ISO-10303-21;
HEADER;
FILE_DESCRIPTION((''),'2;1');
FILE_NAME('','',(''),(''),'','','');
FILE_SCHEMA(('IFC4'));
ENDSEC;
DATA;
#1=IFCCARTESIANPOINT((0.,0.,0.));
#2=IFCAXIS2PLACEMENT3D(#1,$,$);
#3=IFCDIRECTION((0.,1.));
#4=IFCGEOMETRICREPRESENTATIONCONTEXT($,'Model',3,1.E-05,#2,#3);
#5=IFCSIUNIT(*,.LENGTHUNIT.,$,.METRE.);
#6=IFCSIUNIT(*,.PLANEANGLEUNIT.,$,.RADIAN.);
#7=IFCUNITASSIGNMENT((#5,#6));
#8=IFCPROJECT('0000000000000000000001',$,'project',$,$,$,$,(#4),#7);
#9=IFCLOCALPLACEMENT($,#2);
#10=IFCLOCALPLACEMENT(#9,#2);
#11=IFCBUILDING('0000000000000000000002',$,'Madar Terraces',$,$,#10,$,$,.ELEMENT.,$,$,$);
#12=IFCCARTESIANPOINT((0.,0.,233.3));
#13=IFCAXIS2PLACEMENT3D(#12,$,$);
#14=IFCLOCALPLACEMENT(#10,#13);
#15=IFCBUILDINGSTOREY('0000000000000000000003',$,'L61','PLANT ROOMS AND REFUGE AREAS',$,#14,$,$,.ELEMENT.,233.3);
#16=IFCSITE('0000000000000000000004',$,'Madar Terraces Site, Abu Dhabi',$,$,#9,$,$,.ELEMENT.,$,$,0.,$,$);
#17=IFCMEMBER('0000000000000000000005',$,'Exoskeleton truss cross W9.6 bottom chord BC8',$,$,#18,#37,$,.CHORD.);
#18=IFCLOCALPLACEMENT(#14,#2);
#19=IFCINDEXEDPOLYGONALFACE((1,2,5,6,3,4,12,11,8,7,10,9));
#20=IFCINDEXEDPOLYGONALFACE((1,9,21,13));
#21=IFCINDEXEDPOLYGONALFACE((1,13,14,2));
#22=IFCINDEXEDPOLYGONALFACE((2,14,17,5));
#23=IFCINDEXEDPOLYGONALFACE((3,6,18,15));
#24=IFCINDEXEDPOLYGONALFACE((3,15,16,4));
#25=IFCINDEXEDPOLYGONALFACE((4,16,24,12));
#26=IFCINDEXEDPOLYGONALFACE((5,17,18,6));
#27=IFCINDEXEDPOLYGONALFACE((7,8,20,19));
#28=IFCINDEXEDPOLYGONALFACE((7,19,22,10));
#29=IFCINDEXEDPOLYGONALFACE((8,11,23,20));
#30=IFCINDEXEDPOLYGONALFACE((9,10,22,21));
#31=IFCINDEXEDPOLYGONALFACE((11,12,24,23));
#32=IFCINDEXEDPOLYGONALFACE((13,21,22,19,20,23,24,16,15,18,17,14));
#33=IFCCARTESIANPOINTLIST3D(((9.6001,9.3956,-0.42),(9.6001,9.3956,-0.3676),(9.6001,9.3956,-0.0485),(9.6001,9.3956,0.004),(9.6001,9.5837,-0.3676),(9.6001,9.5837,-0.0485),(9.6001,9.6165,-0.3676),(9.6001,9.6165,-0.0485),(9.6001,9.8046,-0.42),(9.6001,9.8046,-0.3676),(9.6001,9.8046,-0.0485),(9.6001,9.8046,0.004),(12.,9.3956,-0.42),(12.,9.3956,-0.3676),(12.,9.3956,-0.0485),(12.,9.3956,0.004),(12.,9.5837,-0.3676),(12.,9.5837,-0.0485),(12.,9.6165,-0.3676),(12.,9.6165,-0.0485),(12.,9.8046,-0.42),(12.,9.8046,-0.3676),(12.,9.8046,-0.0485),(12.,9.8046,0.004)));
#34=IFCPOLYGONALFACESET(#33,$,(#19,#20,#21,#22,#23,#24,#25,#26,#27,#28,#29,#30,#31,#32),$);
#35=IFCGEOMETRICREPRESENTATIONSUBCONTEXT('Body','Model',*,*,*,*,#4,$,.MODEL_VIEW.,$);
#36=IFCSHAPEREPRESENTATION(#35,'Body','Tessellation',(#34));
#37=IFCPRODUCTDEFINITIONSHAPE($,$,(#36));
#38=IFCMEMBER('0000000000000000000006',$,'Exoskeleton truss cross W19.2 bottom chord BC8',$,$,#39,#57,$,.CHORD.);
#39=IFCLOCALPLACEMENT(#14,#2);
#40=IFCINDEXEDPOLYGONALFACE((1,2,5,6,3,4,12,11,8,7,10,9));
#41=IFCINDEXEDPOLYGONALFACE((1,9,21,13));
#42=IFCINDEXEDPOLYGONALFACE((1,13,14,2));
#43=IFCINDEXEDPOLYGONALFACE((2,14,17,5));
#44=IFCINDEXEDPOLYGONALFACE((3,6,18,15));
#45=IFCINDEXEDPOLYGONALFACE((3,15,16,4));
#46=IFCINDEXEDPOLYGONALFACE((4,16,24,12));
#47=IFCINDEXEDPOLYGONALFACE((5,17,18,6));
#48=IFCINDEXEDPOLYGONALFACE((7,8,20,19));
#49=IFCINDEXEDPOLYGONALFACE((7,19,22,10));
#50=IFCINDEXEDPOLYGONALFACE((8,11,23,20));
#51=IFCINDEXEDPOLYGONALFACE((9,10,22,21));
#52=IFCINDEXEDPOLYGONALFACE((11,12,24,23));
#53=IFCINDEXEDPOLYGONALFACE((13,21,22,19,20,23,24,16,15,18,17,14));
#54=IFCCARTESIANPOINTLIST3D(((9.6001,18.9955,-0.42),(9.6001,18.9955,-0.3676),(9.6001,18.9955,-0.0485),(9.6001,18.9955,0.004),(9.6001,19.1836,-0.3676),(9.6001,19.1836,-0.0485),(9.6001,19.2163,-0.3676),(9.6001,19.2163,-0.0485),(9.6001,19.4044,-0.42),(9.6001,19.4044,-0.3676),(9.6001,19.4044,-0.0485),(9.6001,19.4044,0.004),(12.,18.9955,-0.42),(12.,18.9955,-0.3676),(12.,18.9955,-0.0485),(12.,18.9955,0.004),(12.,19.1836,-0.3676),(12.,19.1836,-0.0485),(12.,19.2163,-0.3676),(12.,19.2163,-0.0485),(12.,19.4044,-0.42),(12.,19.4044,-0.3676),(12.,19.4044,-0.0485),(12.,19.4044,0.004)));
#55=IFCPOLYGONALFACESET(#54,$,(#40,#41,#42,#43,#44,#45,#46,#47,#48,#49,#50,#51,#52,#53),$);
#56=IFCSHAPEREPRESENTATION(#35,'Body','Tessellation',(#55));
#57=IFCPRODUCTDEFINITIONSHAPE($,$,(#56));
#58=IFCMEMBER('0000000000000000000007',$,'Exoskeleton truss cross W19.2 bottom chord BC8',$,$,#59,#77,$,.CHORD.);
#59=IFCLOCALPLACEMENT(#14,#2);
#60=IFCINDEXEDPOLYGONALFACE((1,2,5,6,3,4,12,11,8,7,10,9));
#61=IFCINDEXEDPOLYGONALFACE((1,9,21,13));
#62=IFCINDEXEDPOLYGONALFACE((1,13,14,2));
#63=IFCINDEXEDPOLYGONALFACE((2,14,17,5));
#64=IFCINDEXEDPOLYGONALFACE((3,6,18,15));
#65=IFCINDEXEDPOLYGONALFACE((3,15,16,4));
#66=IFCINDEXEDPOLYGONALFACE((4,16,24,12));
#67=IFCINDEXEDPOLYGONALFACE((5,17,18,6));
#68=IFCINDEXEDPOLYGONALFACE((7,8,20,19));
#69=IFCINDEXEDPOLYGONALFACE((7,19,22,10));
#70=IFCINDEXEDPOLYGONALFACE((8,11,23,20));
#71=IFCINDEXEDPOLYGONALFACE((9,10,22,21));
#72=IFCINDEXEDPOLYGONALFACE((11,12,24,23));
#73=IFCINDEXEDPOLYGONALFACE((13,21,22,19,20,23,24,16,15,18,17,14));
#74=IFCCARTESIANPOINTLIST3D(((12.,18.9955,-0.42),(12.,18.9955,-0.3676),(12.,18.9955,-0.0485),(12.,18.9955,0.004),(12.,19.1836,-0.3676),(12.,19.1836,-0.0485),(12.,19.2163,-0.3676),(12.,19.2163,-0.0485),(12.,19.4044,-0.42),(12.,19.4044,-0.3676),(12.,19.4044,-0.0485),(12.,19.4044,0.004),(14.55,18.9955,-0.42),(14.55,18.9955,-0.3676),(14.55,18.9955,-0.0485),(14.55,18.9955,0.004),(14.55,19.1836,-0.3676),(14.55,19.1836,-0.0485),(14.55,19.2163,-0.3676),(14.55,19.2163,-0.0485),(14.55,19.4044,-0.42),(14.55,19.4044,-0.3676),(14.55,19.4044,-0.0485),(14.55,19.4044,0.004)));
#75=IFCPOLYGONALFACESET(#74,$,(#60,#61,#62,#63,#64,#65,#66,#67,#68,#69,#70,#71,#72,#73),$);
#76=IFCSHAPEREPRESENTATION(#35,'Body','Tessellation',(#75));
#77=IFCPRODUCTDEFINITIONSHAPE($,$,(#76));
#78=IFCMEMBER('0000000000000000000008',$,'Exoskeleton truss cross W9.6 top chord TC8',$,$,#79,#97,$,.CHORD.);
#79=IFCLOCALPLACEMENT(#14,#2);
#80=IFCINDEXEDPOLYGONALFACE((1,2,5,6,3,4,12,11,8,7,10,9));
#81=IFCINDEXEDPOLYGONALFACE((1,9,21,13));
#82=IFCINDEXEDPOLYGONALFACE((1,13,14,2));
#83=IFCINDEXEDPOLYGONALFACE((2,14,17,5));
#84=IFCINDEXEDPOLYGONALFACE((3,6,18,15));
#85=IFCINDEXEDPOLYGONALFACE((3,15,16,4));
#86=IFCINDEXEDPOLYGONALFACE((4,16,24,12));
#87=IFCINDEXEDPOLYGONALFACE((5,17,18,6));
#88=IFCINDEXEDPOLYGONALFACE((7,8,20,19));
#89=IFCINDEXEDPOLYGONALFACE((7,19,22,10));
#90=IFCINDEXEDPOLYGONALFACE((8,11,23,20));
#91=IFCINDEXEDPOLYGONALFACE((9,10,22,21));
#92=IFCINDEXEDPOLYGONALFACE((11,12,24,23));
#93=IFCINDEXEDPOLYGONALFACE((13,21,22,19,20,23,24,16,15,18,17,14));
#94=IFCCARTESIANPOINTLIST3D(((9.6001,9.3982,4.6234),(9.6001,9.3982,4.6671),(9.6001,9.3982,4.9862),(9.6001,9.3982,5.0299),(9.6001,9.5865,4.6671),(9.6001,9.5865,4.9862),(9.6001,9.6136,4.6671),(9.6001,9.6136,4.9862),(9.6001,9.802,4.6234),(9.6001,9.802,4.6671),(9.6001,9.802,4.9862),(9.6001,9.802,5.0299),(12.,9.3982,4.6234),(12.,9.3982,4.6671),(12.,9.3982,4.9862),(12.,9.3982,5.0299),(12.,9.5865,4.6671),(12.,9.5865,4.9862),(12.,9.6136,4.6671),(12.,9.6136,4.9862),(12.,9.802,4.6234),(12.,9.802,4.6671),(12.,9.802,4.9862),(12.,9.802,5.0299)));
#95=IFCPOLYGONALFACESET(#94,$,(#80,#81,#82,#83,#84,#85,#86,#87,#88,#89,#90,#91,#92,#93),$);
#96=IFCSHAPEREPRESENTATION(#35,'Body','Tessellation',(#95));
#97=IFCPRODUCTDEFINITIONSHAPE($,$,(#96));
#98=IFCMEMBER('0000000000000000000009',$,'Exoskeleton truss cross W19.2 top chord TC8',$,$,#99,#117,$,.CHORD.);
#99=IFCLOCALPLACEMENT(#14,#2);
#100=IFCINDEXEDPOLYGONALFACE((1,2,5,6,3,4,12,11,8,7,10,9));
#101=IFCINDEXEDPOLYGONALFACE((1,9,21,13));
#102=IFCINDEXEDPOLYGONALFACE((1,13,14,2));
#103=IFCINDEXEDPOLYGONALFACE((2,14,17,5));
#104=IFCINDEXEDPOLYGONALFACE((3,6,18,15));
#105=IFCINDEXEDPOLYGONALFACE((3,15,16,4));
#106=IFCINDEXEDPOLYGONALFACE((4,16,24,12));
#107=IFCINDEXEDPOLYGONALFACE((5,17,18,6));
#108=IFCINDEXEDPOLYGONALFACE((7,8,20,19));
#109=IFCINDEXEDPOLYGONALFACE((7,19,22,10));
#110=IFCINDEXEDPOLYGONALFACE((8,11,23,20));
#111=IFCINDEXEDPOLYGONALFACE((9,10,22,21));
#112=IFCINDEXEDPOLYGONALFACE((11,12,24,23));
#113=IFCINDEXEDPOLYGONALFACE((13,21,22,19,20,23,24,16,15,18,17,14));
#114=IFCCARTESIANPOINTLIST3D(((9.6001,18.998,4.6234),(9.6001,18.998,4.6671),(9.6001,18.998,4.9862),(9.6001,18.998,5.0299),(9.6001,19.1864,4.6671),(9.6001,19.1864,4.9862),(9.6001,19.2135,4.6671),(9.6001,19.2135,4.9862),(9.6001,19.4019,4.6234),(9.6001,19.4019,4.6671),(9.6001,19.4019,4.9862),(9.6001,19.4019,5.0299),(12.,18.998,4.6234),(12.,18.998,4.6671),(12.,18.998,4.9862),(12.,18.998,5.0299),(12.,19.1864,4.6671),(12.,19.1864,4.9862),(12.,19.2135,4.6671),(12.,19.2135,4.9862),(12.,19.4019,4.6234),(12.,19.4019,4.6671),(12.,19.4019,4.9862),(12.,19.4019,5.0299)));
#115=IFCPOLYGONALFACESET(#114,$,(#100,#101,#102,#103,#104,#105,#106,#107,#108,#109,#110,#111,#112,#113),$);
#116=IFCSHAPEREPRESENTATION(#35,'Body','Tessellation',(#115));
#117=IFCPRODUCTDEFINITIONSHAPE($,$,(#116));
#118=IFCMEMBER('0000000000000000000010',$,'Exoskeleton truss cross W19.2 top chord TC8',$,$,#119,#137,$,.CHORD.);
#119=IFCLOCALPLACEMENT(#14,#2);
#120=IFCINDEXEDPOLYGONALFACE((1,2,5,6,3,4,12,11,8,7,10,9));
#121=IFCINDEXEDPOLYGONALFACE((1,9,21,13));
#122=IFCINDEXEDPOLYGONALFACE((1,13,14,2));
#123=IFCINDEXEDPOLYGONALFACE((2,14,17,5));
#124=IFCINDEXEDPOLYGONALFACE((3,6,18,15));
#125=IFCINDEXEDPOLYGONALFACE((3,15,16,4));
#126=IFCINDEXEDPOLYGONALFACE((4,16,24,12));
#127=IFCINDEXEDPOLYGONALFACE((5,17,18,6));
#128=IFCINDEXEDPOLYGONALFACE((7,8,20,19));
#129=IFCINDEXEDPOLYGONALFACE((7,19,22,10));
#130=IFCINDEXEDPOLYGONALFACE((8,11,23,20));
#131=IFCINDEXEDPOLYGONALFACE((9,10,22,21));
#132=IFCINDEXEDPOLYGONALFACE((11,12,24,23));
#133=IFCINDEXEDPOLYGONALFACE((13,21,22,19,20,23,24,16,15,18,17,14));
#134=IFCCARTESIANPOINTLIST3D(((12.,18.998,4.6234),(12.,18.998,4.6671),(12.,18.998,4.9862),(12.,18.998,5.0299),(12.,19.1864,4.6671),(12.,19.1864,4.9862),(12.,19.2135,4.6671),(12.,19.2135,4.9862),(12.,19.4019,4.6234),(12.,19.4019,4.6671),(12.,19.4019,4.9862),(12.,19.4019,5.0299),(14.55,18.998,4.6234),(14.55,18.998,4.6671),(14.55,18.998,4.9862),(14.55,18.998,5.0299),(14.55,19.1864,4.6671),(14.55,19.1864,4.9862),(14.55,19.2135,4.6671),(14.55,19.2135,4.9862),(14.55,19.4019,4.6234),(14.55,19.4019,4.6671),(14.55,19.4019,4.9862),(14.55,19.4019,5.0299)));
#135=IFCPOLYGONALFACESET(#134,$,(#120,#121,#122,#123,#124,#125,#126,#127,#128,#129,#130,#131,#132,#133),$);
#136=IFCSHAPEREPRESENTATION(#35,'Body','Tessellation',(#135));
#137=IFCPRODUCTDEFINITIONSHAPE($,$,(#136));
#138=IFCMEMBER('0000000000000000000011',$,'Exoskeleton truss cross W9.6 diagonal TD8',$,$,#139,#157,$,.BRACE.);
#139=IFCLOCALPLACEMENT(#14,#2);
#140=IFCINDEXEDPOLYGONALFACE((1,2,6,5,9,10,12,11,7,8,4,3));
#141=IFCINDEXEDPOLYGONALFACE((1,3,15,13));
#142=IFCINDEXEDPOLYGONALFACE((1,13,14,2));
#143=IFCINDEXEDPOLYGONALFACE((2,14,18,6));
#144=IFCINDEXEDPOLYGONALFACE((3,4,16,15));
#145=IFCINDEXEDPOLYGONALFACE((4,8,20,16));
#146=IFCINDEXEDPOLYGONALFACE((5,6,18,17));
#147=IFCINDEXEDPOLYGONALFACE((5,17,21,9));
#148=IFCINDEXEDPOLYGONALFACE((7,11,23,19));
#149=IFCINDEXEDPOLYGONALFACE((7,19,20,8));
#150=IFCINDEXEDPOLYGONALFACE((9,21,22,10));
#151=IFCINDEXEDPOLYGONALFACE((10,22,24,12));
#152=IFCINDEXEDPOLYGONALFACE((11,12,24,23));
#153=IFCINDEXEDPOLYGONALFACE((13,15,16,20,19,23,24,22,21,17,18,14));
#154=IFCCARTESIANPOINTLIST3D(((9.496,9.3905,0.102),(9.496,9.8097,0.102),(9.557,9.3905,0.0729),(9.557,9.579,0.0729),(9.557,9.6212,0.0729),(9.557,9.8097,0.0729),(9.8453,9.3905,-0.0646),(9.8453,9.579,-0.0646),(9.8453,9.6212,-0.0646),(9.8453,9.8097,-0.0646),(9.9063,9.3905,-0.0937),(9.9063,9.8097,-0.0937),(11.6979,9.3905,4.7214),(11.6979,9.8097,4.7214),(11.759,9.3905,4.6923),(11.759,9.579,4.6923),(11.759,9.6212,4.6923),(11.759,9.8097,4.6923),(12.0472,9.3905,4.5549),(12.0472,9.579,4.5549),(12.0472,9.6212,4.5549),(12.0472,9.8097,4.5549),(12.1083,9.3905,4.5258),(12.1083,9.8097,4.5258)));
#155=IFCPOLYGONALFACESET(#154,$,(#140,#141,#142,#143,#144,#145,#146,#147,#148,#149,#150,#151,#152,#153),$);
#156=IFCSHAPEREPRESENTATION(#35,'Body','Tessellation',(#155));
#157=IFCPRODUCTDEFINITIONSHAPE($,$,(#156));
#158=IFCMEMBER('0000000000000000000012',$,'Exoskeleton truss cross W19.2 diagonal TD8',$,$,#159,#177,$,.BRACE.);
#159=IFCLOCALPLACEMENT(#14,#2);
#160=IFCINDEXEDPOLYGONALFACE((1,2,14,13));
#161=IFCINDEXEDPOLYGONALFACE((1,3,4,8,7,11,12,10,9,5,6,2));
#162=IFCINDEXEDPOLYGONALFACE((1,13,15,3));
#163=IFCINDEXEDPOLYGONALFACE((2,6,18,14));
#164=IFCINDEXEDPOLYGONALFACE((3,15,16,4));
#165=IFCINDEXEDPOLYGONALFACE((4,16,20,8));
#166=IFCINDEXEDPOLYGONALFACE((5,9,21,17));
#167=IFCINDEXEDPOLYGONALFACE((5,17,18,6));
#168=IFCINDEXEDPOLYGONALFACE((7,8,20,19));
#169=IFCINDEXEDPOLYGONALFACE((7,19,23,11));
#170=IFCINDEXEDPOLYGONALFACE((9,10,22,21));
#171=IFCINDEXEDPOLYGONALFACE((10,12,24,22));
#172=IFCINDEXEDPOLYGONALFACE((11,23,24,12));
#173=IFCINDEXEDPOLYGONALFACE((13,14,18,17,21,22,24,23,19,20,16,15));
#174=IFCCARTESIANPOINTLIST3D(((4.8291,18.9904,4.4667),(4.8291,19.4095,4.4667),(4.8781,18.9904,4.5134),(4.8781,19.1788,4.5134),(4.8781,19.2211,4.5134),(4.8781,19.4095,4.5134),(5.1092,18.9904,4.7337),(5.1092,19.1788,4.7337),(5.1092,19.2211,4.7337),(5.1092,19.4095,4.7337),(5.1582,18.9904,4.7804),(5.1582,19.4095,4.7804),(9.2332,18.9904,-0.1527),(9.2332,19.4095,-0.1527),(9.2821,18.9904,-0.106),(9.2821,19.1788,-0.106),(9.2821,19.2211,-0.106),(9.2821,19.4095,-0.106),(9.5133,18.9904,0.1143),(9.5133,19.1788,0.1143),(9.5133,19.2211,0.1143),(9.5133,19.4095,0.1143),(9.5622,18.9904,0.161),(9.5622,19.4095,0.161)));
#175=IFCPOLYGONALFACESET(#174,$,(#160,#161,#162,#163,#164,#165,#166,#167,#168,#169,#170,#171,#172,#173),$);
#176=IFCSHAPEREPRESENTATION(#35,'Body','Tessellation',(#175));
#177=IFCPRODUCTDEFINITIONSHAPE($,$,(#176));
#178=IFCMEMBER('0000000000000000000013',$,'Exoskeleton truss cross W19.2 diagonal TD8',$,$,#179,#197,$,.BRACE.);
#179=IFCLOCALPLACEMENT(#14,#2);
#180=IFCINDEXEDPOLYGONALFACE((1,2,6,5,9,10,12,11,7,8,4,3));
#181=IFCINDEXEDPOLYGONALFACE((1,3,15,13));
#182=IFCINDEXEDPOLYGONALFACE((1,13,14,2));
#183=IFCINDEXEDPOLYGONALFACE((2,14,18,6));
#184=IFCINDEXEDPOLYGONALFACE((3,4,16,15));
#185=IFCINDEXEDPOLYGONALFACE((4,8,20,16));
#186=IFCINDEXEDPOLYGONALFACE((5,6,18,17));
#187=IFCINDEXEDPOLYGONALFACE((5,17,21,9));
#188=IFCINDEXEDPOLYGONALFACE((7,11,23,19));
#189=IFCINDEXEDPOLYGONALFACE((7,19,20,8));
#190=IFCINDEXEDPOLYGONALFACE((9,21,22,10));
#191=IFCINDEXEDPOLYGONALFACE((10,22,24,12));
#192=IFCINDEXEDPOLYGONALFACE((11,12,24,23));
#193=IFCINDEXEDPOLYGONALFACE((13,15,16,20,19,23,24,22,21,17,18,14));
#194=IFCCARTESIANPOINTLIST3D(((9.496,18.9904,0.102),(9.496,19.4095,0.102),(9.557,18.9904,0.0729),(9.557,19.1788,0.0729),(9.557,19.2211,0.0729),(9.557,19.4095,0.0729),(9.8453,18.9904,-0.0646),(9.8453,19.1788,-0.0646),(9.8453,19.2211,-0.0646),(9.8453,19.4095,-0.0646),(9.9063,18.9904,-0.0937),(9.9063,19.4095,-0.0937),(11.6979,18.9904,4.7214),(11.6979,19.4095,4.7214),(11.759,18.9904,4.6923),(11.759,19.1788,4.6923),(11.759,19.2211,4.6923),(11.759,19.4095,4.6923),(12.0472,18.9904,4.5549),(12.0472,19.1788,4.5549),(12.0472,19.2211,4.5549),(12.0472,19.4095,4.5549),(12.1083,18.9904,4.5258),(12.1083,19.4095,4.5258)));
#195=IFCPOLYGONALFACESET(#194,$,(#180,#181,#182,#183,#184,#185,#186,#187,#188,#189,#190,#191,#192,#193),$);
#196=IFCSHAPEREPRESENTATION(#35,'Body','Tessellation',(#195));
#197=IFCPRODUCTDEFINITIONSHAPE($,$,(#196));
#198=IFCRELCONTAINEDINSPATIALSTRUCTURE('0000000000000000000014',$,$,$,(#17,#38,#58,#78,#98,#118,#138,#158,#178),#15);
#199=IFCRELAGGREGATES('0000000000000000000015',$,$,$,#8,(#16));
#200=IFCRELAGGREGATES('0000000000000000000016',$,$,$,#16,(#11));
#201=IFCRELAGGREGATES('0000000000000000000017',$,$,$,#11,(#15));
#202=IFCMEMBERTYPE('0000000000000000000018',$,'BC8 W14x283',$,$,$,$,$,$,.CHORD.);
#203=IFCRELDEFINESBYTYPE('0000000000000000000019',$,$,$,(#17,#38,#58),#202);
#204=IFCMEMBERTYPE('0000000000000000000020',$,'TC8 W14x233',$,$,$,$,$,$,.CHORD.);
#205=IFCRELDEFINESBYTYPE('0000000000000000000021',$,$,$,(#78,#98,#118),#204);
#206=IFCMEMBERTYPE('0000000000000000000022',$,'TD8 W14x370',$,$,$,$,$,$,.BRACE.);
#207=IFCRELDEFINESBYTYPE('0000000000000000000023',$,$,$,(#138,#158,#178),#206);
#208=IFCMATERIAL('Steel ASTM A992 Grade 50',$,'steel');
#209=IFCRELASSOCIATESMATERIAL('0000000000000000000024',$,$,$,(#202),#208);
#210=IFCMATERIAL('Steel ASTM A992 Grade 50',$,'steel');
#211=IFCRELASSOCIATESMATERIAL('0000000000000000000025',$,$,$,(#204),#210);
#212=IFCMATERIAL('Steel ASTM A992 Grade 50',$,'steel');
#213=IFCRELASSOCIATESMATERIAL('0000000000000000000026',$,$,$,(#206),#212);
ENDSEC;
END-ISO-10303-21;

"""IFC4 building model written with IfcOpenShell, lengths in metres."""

from ifc_helpers import new_model, si_unit, direction, frame, origin, origin_2d, place, context, subcontext, project, spatial, i_section, extrude, material, material_profile, profile_set, type_object, element, save


model = new_model("IFC4")

# Units and contexts
model_context = context("Model", 3, precision=1e-05, world=origin(), true_north=direction((0.0, 1.0)))
body_context = subcontext(model_context, "Body", "Model", "MODEL_VIEW")
ifc_project = project(units=[si_unit("LENGTHUNIT", "METRE"), si_unit("PLANEANGLEUNIT", "RADIAN")], contexts=[model_context])

# Site, building, storey
site_placement = place(None, origin())
site = spatial("IfcSite", under=ifc_project, at=site_placement, Name="Madar Terraces Site, Abu Dhabi", CompositionType="ELEMENT", RefElevation=0.0)
building_placement = place(site_placement, origin())
building = spatial("IfcBuilding", under=site, at=building_placement, Name="Madar Terraces", CompositionType="ELEMENT")
storey_placement = place(building_placement, frame((0.0, 0.0, 233.3)))
storey = spatial("IfcBuildingStorey", under=building, at=storey_placement, Name="L61", Description="PLANT ROOMS AND REFUGE AREAS", CompositionType="ELEMENT", Elevation=233.3)

# Members
ifc_material_1 = material(Name="Steel ASTM A992 Grade 50", Category="steel")
ifc_material_profile_1 = material_profile(ifc_material_1, i_section(OverallWidth=0.4089, OverallDepth=0.4241, WebThickness=0.0327, FlangeThickness=0.0525, at=origin_2d()), Name="W14x283")
ifc_profile_set_1 = profile_set([ifc_material_profile_1], Name="Steel ASTM A992 Grade 50")
member_type_1 = type_object("IfcMemberType", Name="BC8 W14x283", PredefinedType="CHORD", material=ifc_profile_set_1)
for number, where, z_axis, x_axis, name in (
    (1, (9.6001, 9.6001, -0.208), (1.0, 0.0, 0.0), (0.0, 1.0, 0.0), "Exoskeleton truss cross W9.6 bottom chord BC8"),
    (2, (9.6001, 19.2, -0.208), (1.0, 0.0, 0.0), (0.0, 1.0, 0.0), "Exoskeleton truss cross W19.2 bottom chord BC8"),
):
    element("IfcMember", number, at=place(storey_placement, frame(where, z_axis=z_axis, x_axis=x_axis)), inside=storey, type_object=member_type_1, Name=name, PredefinedType="CHORD", context=body_context, shape_type="SweptSolid", body=[
        extrude(i_section(OverallWidth=0.4089, OverallDepth=0.4241, WebThickness=0.0327, FlangeThickness=0.0525, at=origin_2d()), origin(), (0.0, 0.0, 1.0), 2.3999),
    ])
member_1_placement = place(storey_placement, frame((12.0, 19.2, -0.208), z_axis=(1.0, 0.0, 0.0), x_axis=(0.0, 1.0, 0.0)))
element("IfcMember", 3, at=member_1_placement, inside=storey, type_object=member_type_1, Name="Exoskeleton truss cross W19.2 bottom chord BC8", PredefinedType="CHORD", context=body_context, shape_type="SweptSolid", body=[
    extrude(i_section(OverallWidth=0.4089, OverallDepth=0.4241, WebThickness=0.0327, FlangeThickness=0.0525, at=origin_2d()), origin(), (0.0, 0.0, 1.0), 2.55),
])
ifc_material_2 = material(Name="Steel ASTM A992 Grade 50", Category="steel")
ifc_material_profile_2 = material_profile(ifc_material_2, i_section(OverallWidth=0.4038, OverallDepth=0.4065, WebThickness=0.0271, FlangeThickness=0.0437, at=origin_2d()), Name="W14x233")
ifc_profile_set_2 = profile_set([ifc_material_profile_2], Name="Steel ASTM A992 Grade 50")
member_type_2 = type_object("IfcMemberType", Name="TC8 W14x233", PredefinedType="CHORD", material=ifc_profile_set_2)
for number, where, z_axis, x_axis, name in (
    (4, (9.6001, 9.6001, 4.8267), (1.0, 0.0, 0.0), (0.0, 1.0, 0.0), "Exoskeleton truss cross W9.6 top chord TC8"),
    (5, (9.6001, 19.2, 4.8267), (1.0, 0.0, 0.0), (0.0, 1.0, 0.0), "Exoskeleton truss cross W19.2 top chord TC8"),
):
    element("IfcMember", number, at=place(storey_placement, frame(where, z_axis=z_axis, x_axis=x_axis)), inside=storey, type_object=member_type_2, Name=name, PredefinedType="CHORD", context=body_context, shape_type="SweptSolid", body=[
        extrude(i_section(OverallWidth=0.4038, OverallDepth=0.4065, WebThickness=0.0271, FlangeThickness=0.0437, at=origin_2d()), origin(), (0.0, 0.0, 1.0), 2.3999),
    ])
member_2_placement = place(storey_placement, frame((12.0, 19.2, 4.8267), z_axis=(1.0, 0.0, 0.0), x_axis=(0.0, 1.0, 0.0)))
element("IfcMember", 6, at=member_2_placement, inside=storey, type_object=member_type_2, Name="Exoskeleton truss cross W19.2 top chord TC8", PredefinedType="CHORD", context=body_context, shape_type="SweptSolid", body=[
    extrude(i_section(OverallWidth=0.4038, OverallDepth=0.4065, WebThickness=0.0271, FlangeThickness=0.0437, at=origin_2d()), origin(), (0.0, 0.0, 1.0), 2.55),
])
ifc_material_3 = material(Name="Steel ASTM A992 Grade 50", Category="steel")
ifc_material_profile_3 = material_profile(ifc_material_3, i_section(OverallWidth=0.4192, OverallDepth=0.4546, WebThickness=0.0422, FlangeThickness=0.0676, at=origin_2d()), Name="W14x370")
ifc_profile_set_3 = profile_set([ifc_material_profile_3], Name="Steel ASTM A992 Grade 50")
member_type_3 = type_object("IfcMemberType", Name="TD8 W14x370", PredefinedType="BRACE", material=ifc_profile_set_3)
member_3_placement = place(storey_placement, frame((9.7012, 9.6001, 0.0042), z_axis=(0.430284, 0.0, 0.902694), x_axis=(0.0, 1.0, 0.0)))
element("IfcMember", 7, at=member_3_placement, inside=storey, type_object=member_type_3, Name="Exoskeleton truss cross W9.6 diagonal TD8", PredefinedType="BRACE", context=body_context, shape_type="SweptSolid", body=[
    extrude(i_section(OverallWidth=0.4192, OverallDepth=0.4546, WebThickness=0.0422, FlangeThickness=0.0676, at=origin_2d()), origin(), (0.0, 0.0, 1.0), 5.1174),
])
member_4_placement = place(storey_placement, frame((4.9937, 19.2, 4.6235), z_axis=(0.690036, 0.0, -0.723775), x_axis=(0.0, 1.0, 0.0)))
element("IfcMember", 8, at=member_4_placement, inside=storey, type_object=member_type_3, Name="Exoskeleton truss cross W19.2 diagonal TD8", PredefinedType="BRACE", context=body_context, shape_type="SweptSolid", body=[
    extrude(i_section(OverallWidth=0.4192, OverallDepth=0.4546, WebThickness=0.0422, FlangeThickness=0.0676, at=origin_2d()), origin(), (0.0, 0.0, 1.0), 6.3823),
])
member_5_placement = place(storey_placement, frame((9.7012, 19.2, 0.0042), z_axis=(0.430284, 0.0, 0.902694), x_axis=(0.0, 1.0, 0.0)))
element("IfcMember", 9, at=member_5_placement, inside=storey, type_object=member_type_3, Name="Exoskeleton truss cross W19.2 diagonal TD8", PredefinedType="BRACE", context=body_context, shape_type="SweptSolid", body=[
    extrude(i_section(OverallWidth=0.4192, OverallDepth=0.4546, WebThickness=0.0422, FlangeThickness=0.0676, at=origin_2d()), origin(), (0.0, 0.0, 1.0), 5.1174),
])

save(model, "model.ifc")
